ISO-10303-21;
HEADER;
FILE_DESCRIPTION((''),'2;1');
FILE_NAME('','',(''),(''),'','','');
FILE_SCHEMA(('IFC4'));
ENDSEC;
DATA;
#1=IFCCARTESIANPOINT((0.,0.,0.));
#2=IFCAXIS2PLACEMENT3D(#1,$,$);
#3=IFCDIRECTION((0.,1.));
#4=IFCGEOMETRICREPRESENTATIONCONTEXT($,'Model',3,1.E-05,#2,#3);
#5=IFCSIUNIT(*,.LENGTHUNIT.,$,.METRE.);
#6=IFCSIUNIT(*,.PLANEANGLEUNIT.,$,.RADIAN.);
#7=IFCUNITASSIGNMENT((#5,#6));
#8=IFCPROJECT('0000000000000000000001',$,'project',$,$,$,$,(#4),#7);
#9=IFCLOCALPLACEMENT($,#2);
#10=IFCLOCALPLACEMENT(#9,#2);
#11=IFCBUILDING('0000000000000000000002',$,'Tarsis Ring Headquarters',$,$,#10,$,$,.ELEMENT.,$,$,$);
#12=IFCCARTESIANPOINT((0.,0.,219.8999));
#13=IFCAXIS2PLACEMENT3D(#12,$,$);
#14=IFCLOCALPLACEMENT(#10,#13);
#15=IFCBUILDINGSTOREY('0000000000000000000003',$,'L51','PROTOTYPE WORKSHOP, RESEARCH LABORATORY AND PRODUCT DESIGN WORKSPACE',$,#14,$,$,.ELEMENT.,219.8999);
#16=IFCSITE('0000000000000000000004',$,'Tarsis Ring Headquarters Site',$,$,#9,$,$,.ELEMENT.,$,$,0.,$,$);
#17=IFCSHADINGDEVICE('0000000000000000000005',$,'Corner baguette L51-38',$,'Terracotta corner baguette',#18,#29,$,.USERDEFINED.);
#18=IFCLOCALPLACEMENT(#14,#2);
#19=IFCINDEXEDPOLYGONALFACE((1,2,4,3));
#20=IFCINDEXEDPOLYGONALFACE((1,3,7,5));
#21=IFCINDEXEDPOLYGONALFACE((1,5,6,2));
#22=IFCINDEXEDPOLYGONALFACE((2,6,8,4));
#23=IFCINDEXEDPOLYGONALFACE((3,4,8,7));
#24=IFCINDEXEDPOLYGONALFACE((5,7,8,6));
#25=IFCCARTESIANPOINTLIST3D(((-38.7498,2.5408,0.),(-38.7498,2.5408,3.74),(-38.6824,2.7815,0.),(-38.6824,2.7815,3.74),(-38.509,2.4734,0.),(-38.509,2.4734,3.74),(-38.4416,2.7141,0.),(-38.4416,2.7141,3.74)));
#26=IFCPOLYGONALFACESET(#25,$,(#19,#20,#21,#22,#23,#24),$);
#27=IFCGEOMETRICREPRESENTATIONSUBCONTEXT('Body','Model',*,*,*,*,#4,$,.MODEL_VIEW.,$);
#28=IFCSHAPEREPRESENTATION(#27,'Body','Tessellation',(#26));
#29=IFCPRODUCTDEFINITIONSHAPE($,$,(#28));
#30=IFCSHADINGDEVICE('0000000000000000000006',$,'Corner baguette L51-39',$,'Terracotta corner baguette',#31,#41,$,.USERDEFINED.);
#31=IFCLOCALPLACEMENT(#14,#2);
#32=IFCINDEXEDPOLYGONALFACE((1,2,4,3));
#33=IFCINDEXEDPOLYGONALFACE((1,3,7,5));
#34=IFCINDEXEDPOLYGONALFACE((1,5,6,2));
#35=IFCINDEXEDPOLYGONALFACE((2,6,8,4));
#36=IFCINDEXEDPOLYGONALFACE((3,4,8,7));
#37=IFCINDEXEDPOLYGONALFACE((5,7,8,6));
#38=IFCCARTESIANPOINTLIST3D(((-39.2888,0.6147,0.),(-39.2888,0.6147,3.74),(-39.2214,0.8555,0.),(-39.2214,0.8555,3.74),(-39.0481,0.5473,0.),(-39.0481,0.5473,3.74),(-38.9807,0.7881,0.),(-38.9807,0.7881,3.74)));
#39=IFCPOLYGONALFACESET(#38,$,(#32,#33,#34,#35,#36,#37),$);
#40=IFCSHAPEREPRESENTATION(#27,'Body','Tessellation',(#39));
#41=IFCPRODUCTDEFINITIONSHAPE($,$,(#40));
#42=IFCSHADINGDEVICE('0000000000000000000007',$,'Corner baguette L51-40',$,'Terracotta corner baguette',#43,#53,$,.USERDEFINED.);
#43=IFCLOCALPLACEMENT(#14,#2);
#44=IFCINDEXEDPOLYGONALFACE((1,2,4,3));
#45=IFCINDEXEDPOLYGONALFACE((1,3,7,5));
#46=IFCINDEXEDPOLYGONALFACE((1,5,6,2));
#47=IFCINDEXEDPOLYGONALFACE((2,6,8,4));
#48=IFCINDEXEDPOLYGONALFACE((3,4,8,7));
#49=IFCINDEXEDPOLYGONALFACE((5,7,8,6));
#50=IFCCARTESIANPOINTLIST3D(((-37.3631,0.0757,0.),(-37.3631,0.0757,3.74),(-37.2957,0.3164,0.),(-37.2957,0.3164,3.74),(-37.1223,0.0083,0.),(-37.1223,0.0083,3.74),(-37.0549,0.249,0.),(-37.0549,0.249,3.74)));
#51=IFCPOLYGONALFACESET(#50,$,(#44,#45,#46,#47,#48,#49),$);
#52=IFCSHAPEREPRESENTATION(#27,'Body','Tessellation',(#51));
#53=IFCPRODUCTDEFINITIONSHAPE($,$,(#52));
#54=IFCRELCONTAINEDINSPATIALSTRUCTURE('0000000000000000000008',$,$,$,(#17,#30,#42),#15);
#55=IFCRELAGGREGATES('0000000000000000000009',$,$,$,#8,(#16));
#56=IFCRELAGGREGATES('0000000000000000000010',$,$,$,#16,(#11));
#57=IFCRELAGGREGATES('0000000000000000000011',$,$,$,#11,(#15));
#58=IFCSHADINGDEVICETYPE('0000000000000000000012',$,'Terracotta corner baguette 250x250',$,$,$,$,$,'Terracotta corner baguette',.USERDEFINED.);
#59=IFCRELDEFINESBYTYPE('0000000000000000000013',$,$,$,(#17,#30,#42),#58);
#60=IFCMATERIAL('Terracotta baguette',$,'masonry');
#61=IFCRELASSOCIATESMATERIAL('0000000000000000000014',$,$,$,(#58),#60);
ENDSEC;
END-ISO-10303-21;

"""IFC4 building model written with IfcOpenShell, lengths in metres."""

from ifc_helpers import new_model, si_unit, direction, frame, origin, origin_2d, place, context, subcontext, project, spatial, rectangle, extrude, material, type_object, element, save


model = new_model("IFC4")

# Units and contexts
model_context = context("Model", 3, precision=1e-05, world=origin(), true_north=direction((0.0, 1.0)))
body_context = subcontext(model_context, "Body", "Model", "MODEL_VIEW")
ifc_project = project(units=[si_unit("LENGTHUNIT", "METRE"), si_unit("PLANEANGLEUNIT", "RADIAN")], contexts=[model_context])

# Site, building, storey
site_placement = place(None, origin())
site = spatial("IfcSite", under=ifc_project, at=site_placement, Name="Tarsis Ring Headquarters Site", CompositionType="ELEMENT", RefElevation=0.0)
building_placement = place(site_placement, origin())
building = spatial("IfcBuilding", under=site, at=building_placement, Name="Tarsis Ring Headquarters", CompositionType="ELEMENT")
storey_placement = place(building_placement, frame((0.0, 0.0, 219.8999)))
storey = spatial("IfcBuildingStorey", under=building, at=storey_placement, Name="L51", Description="PROTOTYPE WORKSHOP, RESEARCH LABORATORY AND PRODUCT DESIGN WORKSPACE", CompositionType="ELEMENT", Elevation=219.8999)

# Shading devices
ifc_material_1 = material(Name="Terracotta baguette", Category="masonry")
shading_device_type_1 = type_object("IfcShadingDeviceType", Name="Terracotta corner baguette 250x250", ElementType="Terracotta corner baguette", PredefinedType="USERDEFINED", material=ifc_material_1)
for number, where, z_axis, x_axis, name in (
    (1, (-38.5957, 2.6274, 0.0), (0.0, 0.0, 1.0), (0.962975, -0.269592, 0.0), "Corner baguette L51-38"),
    (2, (-39.1348, 0.7014, 0.0), (0.0, 0.0, 1.0), (-0.269592, -0.962975, 0.0), "Corner baguette L51-39"),
    (3, (-37.209, 0.1624, 0.0), (0.0, 0.0, 1.0), (0.962975, -0.269592, 0.0), "Corner baguette L51-40"),
):
    element("IfcShadingDevice", number, at=place(storey_placement, frame(where, z_axis=z_axis, x_axis=x_axis)), inside=storey, type_object=shading_device_type_1, Name=name, ObjectType="Terracotta corner baguette", PredefinedType="USERDEFINED", context=body_context, shape_type="SweptSolid", body=[
        extrude(rectangle(XDim=0.25, YDim=0.25, at=origin_2d()), origin(), (0.0, 0.0, 1.0), 3.74),
    ])

save(model, "model.ifc")
